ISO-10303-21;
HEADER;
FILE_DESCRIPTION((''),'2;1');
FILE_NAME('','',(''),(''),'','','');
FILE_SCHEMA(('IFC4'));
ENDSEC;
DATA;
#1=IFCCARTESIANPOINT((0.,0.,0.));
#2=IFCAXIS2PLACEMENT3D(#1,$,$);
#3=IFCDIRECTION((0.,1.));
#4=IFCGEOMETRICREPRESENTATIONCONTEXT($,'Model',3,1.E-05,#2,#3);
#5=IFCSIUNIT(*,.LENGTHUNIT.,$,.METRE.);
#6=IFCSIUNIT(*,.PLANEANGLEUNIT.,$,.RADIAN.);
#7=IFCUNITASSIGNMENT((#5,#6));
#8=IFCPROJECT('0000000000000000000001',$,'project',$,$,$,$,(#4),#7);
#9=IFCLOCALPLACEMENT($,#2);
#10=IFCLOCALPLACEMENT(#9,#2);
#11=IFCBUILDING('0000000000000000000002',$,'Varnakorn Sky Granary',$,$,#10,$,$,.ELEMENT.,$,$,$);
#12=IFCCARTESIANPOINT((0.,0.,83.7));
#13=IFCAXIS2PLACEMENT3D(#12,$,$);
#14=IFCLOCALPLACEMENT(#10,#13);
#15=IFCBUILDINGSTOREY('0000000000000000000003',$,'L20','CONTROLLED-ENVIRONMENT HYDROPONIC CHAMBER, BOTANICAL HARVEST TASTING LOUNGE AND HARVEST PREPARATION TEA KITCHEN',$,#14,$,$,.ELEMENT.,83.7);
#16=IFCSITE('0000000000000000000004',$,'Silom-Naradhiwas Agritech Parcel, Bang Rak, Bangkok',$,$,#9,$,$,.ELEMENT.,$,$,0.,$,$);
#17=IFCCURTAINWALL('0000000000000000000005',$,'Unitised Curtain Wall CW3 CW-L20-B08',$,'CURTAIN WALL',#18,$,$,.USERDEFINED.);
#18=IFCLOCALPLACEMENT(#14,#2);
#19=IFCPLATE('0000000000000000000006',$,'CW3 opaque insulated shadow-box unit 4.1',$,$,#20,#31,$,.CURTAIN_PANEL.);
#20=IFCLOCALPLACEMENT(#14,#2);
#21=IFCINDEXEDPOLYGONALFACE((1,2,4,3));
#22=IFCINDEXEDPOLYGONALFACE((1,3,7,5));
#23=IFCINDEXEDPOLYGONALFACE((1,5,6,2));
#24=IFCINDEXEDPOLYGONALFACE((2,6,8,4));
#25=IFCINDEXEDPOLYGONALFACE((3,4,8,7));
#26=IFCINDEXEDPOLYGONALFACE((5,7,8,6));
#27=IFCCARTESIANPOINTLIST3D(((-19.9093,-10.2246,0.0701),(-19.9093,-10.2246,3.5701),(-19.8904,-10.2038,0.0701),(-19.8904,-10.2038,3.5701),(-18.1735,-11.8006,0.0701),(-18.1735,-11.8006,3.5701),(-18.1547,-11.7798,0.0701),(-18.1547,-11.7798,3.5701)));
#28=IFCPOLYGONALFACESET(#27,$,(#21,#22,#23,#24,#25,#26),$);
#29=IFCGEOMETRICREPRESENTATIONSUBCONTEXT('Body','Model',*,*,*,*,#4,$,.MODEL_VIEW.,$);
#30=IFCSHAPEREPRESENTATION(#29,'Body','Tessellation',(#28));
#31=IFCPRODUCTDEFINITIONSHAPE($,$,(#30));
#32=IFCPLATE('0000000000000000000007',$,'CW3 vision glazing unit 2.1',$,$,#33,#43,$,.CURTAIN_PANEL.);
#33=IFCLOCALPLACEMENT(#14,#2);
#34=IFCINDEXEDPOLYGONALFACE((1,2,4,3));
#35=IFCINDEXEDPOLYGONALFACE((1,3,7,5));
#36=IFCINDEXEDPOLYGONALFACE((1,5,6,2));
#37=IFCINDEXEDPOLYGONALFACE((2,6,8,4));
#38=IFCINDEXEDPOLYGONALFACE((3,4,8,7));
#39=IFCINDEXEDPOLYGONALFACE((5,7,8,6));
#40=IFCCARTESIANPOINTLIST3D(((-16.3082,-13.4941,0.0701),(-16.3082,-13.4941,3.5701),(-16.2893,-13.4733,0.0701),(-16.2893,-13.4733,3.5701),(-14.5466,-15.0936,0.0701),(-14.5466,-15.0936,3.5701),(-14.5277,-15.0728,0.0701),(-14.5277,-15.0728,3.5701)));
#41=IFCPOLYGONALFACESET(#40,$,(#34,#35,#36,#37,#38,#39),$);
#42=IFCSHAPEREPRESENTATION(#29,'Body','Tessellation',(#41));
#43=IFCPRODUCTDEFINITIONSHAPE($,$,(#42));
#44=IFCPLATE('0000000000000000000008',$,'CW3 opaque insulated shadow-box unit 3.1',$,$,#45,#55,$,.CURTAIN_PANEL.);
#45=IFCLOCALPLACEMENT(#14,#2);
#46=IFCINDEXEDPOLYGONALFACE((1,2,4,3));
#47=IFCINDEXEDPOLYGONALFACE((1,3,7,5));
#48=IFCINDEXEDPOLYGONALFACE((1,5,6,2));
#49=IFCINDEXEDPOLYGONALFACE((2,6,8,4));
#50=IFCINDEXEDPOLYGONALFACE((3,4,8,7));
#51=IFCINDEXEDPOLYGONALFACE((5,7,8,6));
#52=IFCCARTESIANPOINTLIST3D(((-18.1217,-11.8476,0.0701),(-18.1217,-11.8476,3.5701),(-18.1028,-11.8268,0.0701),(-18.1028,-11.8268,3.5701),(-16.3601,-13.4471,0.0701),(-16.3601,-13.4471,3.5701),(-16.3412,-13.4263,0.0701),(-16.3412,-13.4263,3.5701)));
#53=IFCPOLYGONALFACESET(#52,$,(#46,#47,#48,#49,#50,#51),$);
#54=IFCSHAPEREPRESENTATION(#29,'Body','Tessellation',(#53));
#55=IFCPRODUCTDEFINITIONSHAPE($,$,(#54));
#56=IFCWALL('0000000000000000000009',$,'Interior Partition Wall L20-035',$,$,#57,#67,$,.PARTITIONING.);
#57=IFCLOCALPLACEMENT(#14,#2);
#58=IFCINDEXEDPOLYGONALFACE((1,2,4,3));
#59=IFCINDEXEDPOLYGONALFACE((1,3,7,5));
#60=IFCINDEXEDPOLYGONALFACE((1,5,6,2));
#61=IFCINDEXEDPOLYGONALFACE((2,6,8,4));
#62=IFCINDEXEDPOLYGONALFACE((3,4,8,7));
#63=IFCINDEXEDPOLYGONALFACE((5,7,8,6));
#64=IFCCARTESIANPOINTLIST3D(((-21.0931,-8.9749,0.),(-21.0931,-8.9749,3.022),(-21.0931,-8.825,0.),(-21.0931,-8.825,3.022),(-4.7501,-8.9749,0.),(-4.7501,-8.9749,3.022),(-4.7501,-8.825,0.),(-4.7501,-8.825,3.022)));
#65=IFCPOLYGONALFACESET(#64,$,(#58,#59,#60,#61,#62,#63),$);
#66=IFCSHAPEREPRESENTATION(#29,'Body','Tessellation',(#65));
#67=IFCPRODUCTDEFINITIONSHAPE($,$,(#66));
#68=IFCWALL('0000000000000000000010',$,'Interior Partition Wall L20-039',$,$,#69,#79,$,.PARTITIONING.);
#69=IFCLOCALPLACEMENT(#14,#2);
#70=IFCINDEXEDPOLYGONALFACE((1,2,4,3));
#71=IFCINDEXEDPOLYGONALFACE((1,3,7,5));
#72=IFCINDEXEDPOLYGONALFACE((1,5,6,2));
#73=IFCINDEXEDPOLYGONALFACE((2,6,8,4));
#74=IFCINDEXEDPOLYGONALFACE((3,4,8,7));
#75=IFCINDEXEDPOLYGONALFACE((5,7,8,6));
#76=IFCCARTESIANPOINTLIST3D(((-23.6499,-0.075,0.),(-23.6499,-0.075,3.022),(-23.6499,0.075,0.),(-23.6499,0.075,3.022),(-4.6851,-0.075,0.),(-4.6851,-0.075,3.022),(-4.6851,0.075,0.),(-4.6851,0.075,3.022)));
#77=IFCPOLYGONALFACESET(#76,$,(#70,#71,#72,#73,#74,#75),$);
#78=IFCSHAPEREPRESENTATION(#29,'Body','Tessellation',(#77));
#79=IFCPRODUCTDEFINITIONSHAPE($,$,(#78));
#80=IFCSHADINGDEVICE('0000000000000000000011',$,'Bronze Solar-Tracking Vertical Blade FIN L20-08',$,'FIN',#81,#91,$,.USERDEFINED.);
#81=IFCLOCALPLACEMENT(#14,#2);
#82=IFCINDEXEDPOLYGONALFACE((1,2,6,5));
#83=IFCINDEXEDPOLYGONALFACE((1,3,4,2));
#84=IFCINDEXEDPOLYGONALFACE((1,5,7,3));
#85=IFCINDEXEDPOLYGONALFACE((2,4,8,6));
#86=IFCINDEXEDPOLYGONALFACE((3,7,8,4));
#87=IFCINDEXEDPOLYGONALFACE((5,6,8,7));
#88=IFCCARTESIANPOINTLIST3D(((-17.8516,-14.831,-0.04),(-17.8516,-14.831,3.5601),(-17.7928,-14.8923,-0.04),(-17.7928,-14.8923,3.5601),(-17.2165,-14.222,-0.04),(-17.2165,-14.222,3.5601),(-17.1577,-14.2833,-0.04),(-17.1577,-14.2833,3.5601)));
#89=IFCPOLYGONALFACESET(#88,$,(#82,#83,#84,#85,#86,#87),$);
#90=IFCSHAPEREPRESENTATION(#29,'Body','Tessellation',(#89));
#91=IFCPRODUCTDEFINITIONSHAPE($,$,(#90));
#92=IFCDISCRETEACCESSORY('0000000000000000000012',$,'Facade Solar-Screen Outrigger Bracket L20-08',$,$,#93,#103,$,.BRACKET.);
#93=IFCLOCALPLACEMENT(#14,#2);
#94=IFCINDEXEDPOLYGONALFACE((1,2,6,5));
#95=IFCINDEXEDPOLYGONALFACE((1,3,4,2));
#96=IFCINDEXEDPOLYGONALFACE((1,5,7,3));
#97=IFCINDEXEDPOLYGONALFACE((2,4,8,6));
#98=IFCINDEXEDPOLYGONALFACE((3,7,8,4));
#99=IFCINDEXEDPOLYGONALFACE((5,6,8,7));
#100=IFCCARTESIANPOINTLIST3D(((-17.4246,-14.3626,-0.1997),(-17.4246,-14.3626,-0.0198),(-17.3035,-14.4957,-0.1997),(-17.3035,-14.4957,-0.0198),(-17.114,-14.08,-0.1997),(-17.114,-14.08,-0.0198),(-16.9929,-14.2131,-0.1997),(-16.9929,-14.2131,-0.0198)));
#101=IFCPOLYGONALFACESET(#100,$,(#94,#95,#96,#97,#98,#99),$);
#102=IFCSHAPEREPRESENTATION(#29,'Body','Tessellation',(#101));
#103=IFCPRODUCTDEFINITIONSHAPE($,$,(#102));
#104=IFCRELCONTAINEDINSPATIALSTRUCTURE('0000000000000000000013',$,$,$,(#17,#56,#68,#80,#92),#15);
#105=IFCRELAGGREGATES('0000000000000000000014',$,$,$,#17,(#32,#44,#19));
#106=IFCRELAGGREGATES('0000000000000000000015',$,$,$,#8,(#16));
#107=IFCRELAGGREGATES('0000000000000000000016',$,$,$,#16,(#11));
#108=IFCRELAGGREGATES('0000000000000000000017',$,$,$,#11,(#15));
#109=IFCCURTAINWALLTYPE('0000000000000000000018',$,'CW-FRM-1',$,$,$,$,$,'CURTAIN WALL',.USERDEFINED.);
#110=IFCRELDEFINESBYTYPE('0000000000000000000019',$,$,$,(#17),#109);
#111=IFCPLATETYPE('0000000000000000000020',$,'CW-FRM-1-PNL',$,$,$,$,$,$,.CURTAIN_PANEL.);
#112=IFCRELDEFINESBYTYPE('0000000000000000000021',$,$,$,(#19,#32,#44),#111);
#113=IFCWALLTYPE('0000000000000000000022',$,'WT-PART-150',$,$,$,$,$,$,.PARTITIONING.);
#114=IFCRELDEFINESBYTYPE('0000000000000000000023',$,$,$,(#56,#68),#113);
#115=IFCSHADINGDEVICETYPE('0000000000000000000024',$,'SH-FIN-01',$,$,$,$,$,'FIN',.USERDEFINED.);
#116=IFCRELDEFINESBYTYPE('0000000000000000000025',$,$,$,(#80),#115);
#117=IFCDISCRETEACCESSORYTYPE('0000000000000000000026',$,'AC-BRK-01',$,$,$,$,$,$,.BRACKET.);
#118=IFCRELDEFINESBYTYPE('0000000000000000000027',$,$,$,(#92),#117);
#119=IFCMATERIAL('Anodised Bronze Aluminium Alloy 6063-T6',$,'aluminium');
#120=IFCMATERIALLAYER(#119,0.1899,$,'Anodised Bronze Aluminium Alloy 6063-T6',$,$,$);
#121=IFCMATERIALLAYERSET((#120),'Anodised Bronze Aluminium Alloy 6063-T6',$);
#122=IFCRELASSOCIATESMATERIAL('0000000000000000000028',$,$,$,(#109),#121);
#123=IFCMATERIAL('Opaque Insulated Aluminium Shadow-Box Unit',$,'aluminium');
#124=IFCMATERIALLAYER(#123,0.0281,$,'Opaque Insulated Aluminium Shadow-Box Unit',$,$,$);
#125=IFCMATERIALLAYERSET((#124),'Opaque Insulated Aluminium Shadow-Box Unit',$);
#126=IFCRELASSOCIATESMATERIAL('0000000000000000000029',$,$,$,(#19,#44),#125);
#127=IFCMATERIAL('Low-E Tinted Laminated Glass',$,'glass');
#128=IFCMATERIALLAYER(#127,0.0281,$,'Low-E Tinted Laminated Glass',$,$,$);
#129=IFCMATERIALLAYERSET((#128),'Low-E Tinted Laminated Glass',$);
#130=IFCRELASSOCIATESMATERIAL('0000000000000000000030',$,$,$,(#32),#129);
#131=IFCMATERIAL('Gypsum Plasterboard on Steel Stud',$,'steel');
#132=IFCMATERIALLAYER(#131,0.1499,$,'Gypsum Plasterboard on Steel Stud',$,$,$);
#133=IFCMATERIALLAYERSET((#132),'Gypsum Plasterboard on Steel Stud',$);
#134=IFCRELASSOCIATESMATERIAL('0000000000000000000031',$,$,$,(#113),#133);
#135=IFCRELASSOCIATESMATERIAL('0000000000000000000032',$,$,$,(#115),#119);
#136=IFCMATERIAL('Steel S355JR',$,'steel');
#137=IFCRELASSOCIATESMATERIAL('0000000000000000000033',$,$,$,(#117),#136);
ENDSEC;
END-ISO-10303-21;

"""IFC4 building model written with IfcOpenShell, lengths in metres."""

from ifc_helpers import new_model, si_unit, direction, frame, frame_2d, origin, origin_2d, place, context, subcontext, project, spatial, rectangle, extrude, source, transform, mapped, material, layer, layer_set, type_object, type_shapes, element, aggregate, save


model = new_model("IFC4")

# Units and contexts
model_context = context("Model", 3, precision=1e-05, world=origin(), true_north=direction((0.0, 1.0)))
body_context = subcontext(model_context, "Body", "Model", "MODEL_VIEW")
ifc_project = project(units=[si_unit("LENGTHUNIT", "METRE"), si_unit("PLANEANGLEUNIT", "RADIAN")], contexts=[model_context])

# Site, building, storey
site_placement = place(None, origin())
site = spatial("IfcSite", under=ifc_project, at=site_placement, Name="Silom-Naradhiwas Agritech Parcel, Bang Rak, Bangkok", CompositionType="ELEMENT", RefElevation=0.0)
building_placement = place(site_placement, origin())
building = spatial("IfcBuilding", under=site, at=building_placement, Name="Varnakorn Sky Granary", CompositionType="ELEMENT")
storey_placement = place(building_placement, frame((0.0, 0.0, 83.7)))
storey = spatial("IfcBuildingStorey", under=building, at=storey_placement, Name="L20", Description="CONTROLLED-ENVIRONMENT HYDROPONIC CHAMBER, BOTANICAL HARVEST TASTING LOUNGE AND HARVEST PREPARATION TEA KITCHEN", CompositionType="ELEMENT", Elevation=83.7)

# Shared definitions
ifc_material_1 = material(Name="Steel S355JR", Category="steel")

# Curtain wall
ifc_material_2 = material(Name="Anodised Bronze Aluminium Alloy 6063-T6", Category="aluminium")
ifc_layer_1 = layer(ifc_material_2, 0.1899, Name="Anodised Bronze Aluminium Alloy 6063-T6")
ifc_layer_set_1 = layer_set([ifc_layer_1], Name="Anodised Bronze Aluminium Alloy 6063-T6")
curtain_wall_type = type_object("IfcCurtainWallType", Name="CW-FRM-1", ElementType="CURTAIN WALL", PredefinedType="USERDEFINED", material=ifc_layer_set_1)
curtain_wall_1_placement = place(storey_placement, origin())
curtain_wall_1 = element("IfcCurtainWall", 1, at=curtain_wall_1_placement, inside=storey, type_object=curtain_wall_type, Name="Unitised Curtain Wall CW3 CW-L20-B08", ObjectType="CURTAIN WALL", PredefinedType="USERDEFINED")

# Plates
ifc_material_3 = material(Name="Opaque Insulated Aluminium Shadow-Box Unit", Category="aluminium")
ifc_layer_2 = layer(ifc_material_3, 0.0281, Name="Opaque Insulated Aluminium Shadow-Box Unit")
ifc_layer_set_2 = layer_set([ifc_layer_2], Name="Opaque Insulated Aluminium Shadow-Box Unit")
plate_type = type_object("IfcPlateType", Name="CW-FRM-1-PNL", PredefinedType="CURTAIN_PANEL")
ifc_material_4 = material(Name="Low-E Tinted Laminated Glass", Category="glass")
ifc_layer_3 = layer(ifc_material_4, 0.0281, Name="Low-E Tinted Laminated Glass")
ifc_layer_set_3 = layer_set([ifc_layer_3], Name="Low-E Tinted Laminated Glass")
shared_shape_1 = source(origin(), body_context, "Body", "SweptSolid", [
    extrude(rectangle(XDim=2.3445, YDim=0.0281, at=origin_2d()), origin(), (0.0, 0.0, 1.0), 3.5),
])
plate_1_placement = place(storey_placement, frame((-19.032, -11.0022, 0.0701), z_axis=(0.0, 0.0, 1.0), x_axis=(-0.74036, 0.672211, 0.0)))
plate_1 = element("IfcPlate", 2, at=plate_1_placement, type_object=plate_type, material=ifc_layer_set_2, Name="CW3 opaque insulated shadow-box unit 4.1", PredefinedType="CURTAIN_PANEL", context=body_context, shape_type="MappedRepresentation", body=[
    mapped(shared_shape_1, transform((0.0, 0.0, 0.0), x_axis=(1.0, 0.0, 0.0), y_axis=(0.0, 1.0, 0.0), z_axis=(0.0, 0.0, 1.0), scale=1.0)),
])
shared_shape_2 = source(origin(), body_context, "Body", "SweptSolid", [
    extrude(rectangle(XDim=2.3794, YDim=0.0281, at=origin_2d()), origin(), (0.0, 0.0, 1.0), 3.5),
])
plate_2_placement = place(storey_placement, frame((-15.418, -14.2834, 0.0701), z_axis=(0.0, 0.0, 1.0), x_axis=(-0.74036, 0.672211, 0.0)))
plate_2 = element("IfcPlate", 3, at=plate_2_placement, type_object=plate_type, material=ifc_layer_set_3, Name="CW3 vision glazing unit 2.1", PredefinedType="CURTAIN_PANEL", context=body_context, shape_type="MappedRepresentation", body=[
    mapped(shared_shape_2, transform((0.0, 0.0, 0.0), x_axis=(1.0, 0.0, 0.0), y_axis=(0.0, 1.0, 0.0), z_axis=(0.0, 0.0, 1.0), scale=1.0)),
])
plate_3_placement = place(storey_placement, frame((-17.2314, -12.637, 0.0701), z_axis=(0.0, 0.0, 1.0), x_axis=(-0.74036, 0.672211, 0.0)))
plate_3 = element("IfcPlate", 4, at=plate_3_placement, type_object=plate_type, material=ifc_layer_set_2, Name="CW3 opaque insulated shadow-box unit 3.1", PredefinedType="CURTAIN_PANEL", context=body_context, shape_type="MappedRepresentation", body=[
    mapped(shared_shape_2, transform((0.0, 0.0, 0.0), x_axis=(1.0, 0.0, 0.0), y_axis=(0.0, 1.0, 0.0), z_axis=(0.0, 0.0, 1.0), scale=1.0)),
])
aggregate(curtain_wall_1, [plate_2, plate_3, plate_1])

# Walls
ifc_material_5 = material(Name="Gypsum Plasterboard on Steel Stud", Category="steel")
ifc_layer_4 = layer(ifc_material_5, 0.1499, Name="Gypsum Plasterboard on Steel Stud")
ifc_layer_set_4 = layer_set([ifc_layer_4], Name="Gypsum Plasterboard on Steel Stud")
wall_type = type_object("IfcWallType", Name="WT-PART-150", PredefinedType="PARTITIONING", material=ifc_layer_set_4)
wall_1_placement = place(storey_placement, frame((-21.093, -8.8999, 0.0), z_axis=(0.0, 0.0, 1.0), x_axis=(1.0, 0.0, 0.0)))
element("IfcWall", 5, at=wall_1_placement, inside=storey, type_object=wall_type, Name="Interior Partition Wall L20-035", PredefinedType="PARTITIONING", context=body_context, shape_type="SweptSolid", body=[
    extrude(rectangle(XDim=16.343, YDim=0.1499, at=frame_2d((8.1714, 0.0))), origin(), (0.0, 0.0, 1.0), 3.022),
])
wall_2_placement = place(storey_placement, frame((-23.6499, 0.0, 0.0), z_axis=(0.0, 0.0, 1.0), x_axis=(1.0, 0.0, 0.0)))
element("IfcWall", 6, at=wall_2_placement, inside=storey, type_object=wall_type, Name="Interior Partition Wall L20-039", PredefinedType="PARTITIONING", context=body_context, shape_type="SweptSolid", body=[
    extrude(rectangle(XDim=18.9648, YDim=0.1499, at=frame_2d((9.4824, 0.0))), origin(), (0.0, 0.0, 1.0), 3.022),
])

# Shading device
shading_device_type = type_object("IfcShadingDeviceType", Name="SH-FIN-01", ElementType="FIN", PredefinedType="USERDEFINED", material=ifc_material_2)
shared_shape_3 = source(origin(), body_context, "Body", "SweptSolid", [
    extrude(rectangle(XDim=0.085, YDim=0.8799, at=origin_2d()), origin(), (0.0, 0.0, 1.0), 3.6001),
])
type_shapes(shading_device_type, [shared_shape_3])
shading_device_placement = place(storey_placement, frame((-17.5046, -14.5571, -0.04), z_axis=(0.0, 0.0, 1.0), x_axis=(0.692149, -0.721755, 0.0)))
element("IfcShadingDevice", 7, at=shading_device_placement, inside=storey, type_object=shading_device_type, Name="Bronze Solar-Tracking Vertical Blade FIN L20-08", ObjectType="FIN", PredefinedType="USERDEFINED", context=body_context, shape_type="MappedRepresentation", body=[
    mapped(shared_shape_3, transform((0.0, 0.0, 0.0), x_axis=(1.0, 0.0, 0.0), y_axis=(0.0, 1.0, 0.0), z_axis=(0.0, 0.0, 1.0), scale=1.0)),
])

# Discrete accessory
discrete_accessory_type = type_object("IfcDiscreteAccessoryType", Name="AC-BRK-01", PredefinedType="BRACKET", material=ifc_material_1)
shared_shape_4 = source(origin(), body_context, "Body", "SweptSolid", [
    extrude(rectangle(XDim=0.1799, YDim=0.4199, at=origin_2d()), origin(), (0.0, 0.0, 1.0), 0.1799),
])
type_shapes(discrete_accessory_type, [shared_shape_4])
discrete_accessory_placement = place(storey_placement, frame((-17.2087, -14.2878, -0.1997), z_axis=(0.0, 0.0, 1.0), x_axis=(0.672859, -0.73977, 0.0)))
element("IfcDiscreteAccessory", 8, at=discrete_accessory_placement, inside=storey, type_object=discrete_accessory_type, Name="Facade Solar-Screen Outrigger Bracket L20-08", PredefinedType="BRACKET", context=body_context, shape_type="MappedRepresentation", body=[
    mapped(shared_shape_4, transform((0.0, 0.0, 0.0), x_axis=(1.0, 0.0, 0.0), y_axis=(0.0, 1.0, 0.0), z_axis=(0.0, 0.0, 1.0), scale=1.0)),
])

save(model, "model.ifc")
